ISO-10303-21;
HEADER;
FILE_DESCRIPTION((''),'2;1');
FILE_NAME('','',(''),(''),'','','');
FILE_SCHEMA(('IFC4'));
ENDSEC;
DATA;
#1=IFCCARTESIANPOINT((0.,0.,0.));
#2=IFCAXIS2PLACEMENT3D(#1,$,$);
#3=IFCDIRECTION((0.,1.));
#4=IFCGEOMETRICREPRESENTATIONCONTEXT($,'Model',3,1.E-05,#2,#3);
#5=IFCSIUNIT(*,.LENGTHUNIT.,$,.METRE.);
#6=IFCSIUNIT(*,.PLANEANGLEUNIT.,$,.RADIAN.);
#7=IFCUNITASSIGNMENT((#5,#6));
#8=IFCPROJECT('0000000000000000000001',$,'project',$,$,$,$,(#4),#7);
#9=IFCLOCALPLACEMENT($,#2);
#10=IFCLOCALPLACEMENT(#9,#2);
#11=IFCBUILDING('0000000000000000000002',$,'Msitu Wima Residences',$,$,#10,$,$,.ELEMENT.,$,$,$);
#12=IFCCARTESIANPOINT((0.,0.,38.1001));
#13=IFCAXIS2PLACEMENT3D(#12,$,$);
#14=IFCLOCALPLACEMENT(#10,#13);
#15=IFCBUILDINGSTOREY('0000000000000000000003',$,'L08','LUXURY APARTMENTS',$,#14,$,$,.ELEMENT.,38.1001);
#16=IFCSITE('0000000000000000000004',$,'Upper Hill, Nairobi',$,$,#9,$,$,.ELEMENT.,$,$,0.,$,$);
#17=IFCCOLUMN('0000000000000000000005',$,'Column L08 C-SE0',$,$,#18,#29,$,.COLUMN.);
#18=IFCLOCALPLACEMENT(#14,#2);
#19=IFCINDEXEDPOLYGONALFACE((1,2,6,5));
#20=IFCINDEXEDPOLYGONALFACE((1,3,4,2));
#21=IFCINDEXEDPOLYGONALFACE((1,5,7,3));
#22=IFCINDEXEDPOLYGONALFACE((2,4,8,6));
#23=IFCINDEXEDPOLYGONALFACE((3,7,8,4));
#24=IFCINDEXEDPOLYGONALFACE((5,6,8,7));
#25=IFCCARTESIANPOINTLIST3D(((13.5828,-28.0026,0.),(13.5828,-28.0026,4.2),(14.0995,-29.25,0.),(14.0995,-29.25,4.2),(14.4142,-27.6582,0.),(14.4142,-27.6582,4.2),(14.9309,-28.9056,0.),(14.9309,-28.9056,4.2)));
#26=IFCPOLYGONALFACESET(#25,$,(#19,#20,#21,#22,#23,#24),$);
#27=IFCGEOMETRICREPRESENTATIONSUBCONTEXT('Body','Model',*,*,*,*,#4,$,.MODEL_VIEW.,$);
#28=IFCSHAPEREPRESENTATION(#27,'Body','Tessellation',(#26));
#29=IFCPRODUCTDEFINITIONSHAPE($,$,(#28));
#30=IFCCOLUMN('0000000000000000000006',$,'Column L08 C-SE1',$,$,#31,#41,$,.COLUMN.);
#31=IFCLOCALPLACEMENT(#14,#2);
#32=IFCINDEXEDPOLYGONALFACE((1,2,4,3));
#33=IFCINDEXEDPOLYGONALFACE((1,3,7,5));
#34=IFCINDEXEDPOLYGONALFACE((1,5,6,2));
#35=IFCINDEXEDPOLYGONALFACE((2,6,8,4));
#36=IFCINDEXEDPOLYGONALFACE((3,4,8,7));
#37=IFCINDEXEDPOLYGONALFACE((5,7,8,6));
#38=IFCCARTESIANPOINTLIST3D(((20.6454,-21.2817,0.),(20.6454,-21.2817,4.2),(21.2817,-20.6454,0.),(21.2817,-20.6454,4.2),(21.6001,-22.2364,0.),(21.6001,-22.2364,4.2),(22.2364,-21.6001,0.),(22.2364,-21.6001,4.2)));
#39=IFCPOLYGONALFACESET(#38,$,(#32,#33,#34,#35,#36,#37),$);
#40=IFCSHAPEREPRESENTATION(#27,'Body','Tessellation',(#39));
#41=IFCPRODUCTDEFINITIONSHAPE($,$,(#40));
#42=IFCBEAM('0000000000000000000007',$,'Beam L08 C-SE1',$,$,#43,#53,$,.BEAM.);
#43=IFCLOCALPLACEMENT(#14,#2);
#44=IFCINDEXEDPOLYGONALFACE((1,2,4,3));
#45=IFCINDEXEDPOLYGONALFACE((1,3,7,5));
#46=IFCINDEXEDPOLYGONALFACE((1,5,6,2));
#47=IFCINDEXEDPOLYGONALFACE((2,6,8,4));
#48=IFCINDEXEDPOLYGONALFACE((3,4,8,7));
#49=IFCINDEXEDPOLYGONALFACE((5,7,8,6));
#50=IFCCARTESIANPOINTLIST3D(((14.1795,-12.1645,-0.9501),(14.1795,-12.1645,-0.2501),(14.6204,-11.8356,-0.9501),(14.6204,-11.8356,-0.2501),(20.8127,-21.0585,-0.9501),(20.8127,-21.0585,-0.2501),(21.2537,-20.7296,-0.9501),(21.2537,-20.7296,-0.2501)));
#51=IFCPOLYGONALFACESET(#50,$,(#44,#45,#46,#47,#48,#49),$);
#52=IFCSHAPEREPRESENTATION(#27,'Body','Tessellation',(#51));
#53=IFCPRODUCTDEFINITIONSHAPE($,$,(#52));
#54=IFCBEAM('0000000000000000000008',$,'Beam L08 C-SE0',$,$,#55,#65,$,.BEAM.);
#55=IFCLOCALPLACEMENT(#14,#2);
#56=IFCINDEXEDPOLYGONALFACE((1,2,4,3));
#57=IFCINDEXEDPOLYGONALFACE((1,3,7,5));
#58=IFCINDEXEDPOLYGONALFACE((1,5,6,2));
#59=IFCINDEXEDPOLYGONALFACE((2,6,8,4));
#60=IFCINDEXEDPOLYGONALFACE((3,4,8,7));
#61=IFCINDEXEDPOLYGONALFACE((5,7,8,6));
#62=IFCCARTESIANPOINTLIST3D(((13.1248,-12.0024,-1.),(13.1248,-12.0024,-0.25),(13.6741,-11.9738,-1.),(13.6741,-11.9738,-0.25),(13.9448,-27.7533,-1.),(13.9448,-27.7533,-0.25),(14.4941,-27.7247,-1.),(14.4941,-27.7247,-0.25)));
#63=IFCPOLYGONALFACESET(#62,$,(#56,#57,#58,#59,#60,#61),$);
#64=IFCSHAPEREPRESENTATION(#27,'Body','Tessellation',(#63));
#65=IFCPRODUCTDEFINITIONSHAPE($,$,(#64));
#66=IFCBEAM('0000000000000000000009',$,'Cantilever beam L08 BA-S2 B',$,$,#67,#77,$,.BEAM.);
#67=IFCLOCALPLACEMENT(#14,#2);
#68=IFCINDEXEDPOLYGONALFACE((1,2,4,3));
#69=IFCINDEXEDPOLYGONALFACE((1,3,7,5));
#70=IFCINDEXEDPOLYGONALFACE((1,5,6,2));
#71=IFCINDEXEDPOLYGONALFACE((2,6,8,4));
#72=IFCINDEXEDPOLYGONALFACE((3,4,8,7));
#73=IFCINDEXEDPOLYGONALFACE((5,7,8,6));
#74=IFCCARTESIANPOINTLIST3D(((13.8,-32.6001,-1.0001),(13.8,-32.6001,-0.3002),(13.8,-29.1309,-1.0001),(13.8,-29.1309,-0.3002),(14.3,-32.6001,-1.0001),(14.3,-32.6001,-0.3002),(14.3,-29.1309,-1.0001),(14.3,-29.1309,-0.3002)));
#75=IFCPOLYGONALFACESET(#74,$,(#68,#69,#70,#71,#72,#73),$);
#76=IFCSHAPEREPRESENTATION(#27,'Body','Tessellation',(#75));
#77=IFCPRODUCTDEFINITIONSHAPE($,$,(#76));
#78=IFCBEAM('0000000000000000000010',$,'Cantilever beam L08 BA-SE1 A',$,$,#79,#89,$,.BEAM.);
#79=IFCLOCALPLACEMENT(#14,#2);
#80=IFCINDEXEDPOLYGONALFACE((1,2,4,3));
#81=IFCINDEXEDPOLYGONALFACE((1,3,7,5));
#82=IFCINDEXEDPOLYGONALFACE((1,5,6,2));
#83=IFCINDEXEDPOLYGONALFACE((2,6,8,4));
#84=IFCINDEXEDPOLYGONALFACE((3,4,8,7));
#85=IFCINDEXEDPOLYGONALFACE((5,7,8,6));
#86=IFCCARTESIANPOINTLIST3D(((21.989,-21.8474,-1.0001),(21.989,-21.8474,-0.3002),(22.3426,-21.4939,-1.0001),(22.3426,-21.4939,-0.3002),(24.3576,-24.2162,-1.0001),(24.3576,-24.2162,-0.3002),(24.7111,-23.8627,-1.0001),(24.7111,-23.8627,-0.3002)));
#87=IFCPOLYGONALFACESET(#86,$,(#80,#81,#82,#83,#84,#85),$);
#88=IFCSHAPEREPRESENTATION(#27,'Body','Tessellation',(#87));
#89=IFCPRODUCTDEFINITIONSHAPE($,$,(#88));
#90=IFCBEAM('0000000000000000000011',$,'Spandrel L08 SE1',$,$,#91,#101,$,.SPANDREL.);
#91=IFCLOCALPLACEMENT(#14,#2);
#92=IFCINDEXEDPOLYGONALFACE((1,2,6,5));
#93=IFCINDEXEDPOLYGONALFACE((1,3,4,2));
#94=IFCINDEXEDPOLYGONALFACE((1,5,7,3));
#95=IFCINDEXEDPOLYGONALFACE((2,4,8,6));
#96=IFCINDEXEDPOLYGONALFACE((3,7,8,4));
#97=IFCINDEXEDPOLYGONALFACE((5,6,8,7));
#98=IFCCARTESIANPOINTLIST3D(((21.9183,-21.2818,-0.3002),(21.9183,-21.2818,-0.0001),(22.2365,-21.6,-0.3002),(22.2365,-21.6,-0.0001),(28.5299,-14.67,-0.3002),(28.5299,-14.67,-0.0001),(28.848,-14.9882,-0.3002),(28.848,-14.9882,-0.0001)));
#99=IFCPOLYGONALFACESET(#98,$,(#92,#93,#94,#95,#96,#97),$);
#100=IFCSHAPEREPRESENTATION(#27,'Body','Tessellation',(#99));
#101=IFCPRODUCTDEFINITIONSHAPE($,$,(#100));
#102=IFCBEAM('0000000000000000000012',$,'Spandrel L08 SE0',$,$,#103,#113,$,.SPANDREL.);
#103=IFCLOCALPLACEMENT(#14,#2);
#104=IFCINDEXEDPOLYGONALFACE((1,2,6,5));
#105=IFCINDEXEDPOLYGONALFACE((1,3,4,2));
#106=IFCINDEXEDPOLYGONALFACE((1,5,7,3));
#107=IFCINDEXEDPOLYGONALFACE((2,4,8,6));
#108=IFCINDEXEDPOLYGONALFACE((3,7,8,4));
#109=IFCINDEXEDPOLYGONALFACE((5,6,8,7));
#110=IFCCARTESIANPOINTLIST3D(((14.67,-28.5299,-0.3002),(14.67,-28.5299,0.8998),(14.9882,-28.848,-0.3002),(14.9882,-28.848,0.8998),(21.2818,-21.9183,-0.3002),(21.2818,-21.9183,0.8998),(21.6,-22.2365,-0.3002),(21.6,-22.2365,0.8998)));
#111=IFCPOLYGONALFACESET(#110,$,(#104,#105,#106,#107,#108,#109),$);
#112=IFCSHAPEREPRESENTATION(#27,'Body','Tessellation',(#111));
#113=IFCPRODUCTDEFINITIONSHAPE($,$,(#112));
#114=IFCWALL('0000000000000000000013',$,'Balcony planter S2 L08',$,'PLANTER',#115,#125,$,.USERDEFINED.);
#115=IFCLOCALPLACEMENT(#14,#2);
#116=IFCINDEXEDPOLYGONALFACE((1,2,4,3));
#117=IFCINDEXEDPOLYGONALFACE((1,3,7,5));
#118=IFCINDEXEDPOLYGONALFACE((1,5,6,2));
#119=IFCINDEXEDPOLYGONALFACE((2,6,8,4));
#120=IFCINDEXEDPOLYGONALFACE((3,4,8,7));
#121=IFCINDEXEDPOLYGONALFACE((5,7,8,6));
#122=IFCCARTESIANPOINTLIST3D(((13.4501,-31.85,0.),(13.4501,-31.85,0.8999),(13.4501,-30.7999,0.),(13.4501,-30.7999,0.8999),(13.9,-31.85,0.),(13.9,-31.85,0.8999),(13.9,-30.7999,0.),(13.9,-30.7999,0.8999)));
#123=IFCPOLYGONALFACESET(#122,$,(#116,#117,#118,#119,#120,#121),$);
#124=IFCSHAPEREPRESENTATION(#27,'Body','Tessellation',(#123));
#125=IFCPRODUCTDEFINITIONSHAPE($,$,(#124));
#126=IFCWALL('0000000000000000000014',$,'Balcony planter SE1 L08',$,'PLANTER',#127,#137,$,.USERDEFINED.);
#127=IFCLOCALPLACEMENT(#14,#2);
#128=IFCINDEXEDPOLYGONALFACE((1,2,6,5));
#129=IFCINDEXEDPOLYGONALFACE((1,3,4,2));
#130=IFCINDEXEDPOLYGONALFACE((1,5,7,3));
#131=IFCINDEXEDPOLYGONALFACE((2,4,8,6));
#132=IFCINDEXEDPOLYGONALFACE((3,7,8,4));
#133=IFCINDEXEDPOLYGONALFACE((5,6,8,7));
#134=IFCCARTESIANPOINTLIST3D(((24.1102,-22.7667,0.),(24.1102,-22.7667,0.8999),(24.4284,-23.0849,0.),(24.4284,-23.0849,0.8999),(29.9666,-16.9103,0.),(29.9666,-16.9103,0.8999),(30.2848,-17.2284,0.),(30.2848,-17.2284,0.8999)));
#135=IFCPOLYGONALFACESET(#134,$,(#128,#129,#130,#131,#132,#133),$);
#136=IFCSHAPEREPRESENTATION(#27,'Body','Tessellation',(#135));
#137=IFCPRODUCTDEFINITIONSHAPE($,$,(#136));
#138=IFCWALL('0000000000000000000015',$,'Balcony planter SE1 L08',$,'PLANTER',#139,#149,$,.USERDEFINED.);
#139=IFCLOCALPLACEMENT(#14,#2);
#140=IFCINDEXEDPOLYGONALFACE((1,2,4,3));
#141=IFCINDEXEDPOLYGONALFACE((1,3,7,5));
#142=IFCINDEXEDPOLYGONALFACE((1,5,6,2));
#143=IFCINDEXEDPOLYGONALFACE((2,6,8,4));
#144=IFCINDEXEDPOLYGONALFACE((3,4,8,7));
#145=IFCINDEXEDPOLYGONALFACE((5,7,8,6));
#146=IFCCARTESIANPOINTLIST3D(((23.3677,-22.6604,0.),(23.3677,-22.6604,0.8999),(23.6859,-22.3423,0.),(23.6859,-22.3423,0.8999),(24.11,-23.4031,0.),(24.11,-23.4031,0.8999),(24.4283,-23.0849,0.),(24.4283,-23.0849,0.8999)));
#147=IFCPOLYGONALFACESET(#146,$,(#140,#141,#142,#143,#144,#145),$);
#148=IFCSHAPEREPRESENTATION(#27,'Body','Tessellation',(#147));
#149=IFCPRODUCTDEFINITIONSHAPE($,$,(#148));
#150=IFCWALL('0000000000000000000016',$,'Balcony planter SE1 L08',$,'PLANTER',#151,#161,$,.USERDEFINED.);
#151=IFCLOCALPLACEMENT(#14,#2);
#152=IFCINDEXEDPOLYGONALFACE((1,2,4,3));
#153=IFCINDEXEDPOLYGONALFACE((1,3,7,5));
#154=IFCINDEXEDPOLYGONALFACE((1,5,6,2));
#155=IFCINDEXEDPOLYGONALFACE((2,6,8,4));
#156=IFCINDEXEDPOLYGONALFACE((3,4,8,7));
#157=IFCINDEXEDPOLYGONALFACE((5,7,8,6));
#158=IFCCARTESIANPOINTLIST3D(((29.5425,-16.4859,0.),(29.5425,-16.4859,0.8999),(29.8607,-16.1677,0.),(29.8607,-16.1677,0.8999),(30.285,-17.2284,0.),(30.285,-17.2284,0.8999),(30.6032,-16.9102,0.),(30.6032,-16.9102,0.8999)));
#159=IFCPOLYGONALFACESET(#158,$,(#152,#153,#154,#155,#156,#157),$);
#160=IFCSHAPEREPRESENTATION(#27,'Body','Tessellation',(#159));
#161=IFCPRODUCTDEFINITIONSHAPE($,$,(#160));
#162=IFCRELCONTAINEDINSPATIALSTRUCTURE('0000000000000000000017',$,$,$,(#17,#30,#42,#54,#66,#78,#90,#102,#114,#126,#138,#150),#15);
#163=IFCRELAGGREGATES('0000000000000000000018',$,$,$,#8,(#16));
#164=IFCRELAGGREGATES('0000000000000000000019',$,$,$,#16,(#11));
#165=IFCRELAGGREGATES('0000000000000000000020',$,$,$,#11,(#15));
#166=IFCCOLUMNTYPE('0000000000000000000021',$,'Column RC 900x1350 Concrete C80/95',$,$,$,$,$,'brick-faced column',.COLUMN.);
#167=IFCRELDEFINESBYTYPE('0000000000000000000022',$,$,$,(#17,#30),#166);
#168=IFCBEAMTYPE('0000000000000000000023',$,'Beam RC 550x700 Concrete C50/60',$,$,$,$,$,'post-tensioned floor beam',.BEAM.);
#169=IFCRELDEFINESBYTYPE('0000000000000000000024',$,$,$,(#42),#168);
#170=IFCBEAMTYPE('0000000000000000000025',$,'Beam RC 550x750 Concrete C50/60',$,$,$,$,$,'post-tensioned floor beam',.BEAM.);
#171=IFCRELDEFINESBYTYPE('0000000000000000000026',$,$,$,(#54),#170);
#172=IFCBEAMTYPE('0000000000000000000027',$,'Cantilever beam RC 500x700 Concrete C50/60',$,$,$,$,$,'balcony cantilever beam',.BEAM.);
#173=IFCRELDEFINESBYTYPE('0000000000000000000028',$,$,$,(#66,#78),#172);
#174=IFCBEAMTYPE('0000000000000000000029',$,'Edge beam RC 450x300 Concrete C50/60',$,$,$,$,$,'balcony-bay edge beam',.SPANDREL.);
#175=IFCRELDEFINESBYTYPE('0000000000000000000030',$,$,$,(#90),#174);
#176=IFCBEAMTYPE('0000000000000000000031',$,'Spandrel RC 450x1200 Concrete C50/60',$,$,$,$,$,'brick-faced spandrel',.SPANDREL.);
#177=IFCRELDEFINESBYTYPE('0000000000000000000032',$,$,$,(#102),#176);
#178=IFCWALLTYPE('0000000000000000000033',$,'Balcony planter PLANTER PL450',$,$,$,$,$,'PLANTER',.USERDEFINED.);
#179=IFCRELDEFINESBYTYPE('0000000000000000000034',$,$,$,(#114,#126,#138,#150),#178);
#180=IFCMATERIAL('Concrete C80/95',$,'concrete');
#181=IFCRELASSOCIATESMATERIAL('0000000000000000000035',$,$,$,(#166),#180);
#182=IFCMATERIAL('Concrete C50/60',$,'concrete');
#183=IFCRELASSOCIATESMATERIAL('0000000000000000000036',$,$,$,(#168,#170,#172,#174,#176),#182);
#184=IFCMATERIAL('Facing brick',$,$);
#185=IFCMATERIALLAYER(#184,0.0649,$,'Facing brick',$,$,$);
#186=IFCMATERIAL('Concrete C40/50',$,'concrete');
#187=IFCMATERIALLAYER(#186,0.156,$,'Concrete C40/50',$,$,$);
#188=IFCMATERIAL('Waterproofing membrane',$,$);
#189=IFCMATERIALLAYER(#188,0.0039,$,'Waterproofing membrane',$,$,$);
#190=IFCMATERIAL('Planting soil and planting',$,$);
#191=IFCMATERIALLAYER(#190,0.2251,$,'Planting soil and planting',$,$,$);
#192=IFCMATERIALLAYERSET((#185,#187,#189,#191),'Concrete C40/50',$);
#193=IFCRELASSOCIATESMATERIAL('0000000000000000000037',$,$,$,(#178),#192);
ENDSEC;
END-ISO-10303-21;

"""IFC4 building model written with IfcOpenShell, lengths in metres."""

from ifc_helpers import new_model, si_unit, direction, frame, frame_2d, origin, origin_2d, place, context, subcontext, project, spatial, rectangle, extrude, material, layer, layer_set, material_profile, profile_set, type_object, element, save


model = new_model("IFC4")

# Units and contexts
model_context = context("Model", 3, precision=1e-05, world=origin(), true_north=direction((0.0, 1.0)))
body_context = subcontext(model_context, "Body", "Model", "MODEL_VIEW")
ifc_project = project(units=[si_unit("LENGTHUNIT", "METRE"), si_unit("PLANEANGLEUNIT", "RADIAN")], contexts=[model_context])

# Site, building, storey
site_placement = place(None, origin())
site = spatial("IfcSite", under=ifc_project, at=site_placement, Name="Upper Hill, Nairobi", CompositionType="ELEMENT", RefElevation=0.0)
building_placement = place(site_placement, origin())
building = spatial("IfcBuilding", under=site, at=building_placement, Name="Msitu Wima Residences", CompositionType="ELEMENT")
storey_placement = place(building_placement, frame((0.0, 0.0, 38.1001)))
storey = spatial("IfcBuildingStorey", under=building, at=storey_placement, Name="L08", Description="LUXURY APARTMENTS", CompositionType="ELEMENT", Elevation=38.1001)

# Columns
ifc_material_1 = material(Name="Concrete C80/95", Category="concrete")
ifc_material_profile_1 = material_profile(ifc_material_1, rectangle(XDim=0.8999, YDim=1.3501, at=origin_2d()), Name="RC 900x1350")
ifc_profile_set_1 = profile_set([ifc_material_profile_1], Name="Concrete C80/95")
column_type = type_object("IfcColumnType", Name="Column RC 900x1350 Concrete C80/95", ElementType="brick-faced column", PredefinedType="COLUMN", material=ifc_profile_set_1)
for number, where, z_axis, x_axis, name in (
    (1, (14.2568, -28.4541, 0.0), (0.0, 0.0, 1.0), (0.92388, 0.382683, 0.0), "Column L08 C-SE0"),
    (2, (21.4409, -21.4409, 0.0), (0.0, 0.0, 1.0), (0.707107, 0.707107, 0.0), "Column L08 C-SE1"),
):
    element("IfcColumn", number, at=place(storey_placement, frame(where, z_axis=z_axis, x_axis=x_axis)), inside=storey, type_object=column_type, Name=name, PredefinedType="COLUMN", context=body_context, shape_type="SweptSolid", body=[
        extrude(rectangle(XDim=0.8999, YDim=1.3501, at=origin_2d()), origin(), (0.0, 0.0, 1.0), 4.2),
    ])

# Beams
ifc_material_2 = material(Name="Concrete C50/60", Category="concrete")
ifc_material_profile_2 = material_profile(ifc_material_2, rectangle(XDim=0.55, YDim=0.7, at=origin_2d()), Name="RC 550x700")
ifc_profile_set_2 = profile_set([ifc_material_profile_2], Name="Concrete C50/60")
beam_type_1 = type_object("IfcBeamType", Name="Beam RC 550x700 Concrete C50/60", ElementType="post-tensioned floor beam", PredefinedType="BEAM", material=ifc_profile_set_2)
beam_1_placement = place(storey_placement, frame((21.0332, -20.894, -0.6001), z_axis=(-0.59785, 0.801608, 0.0), x_axis=(-0.801608, -0.59785, 0.0)))
element("IfcBeam", 3, at=beam_1_placement, inside=storey, type_object=beam_type_1, Name="Beam L08 C-SE1", PredefinedType="BEAM", context=body_context, shape_type="SweptSolid", body=[
    extrude(rectangle(XDim=0.55, YDim=0.7, at=origin_2d()), origin(), (0.0, 0.0, 1.0), 11.0952),
])
ifc_material_profile_3 = material_profile(ifc_material_2, rectangle(XDim=0.55, YDim=0.75, at=origin_2d()), Name="RC 550x750")
ifc_profile_set_3 = profile_set([ifc_material_profile_3], Name="Concrete C50/60")
beam_type_2 = type_object("IfcBeamType", Name="Beam RC 550x750 Concrete C50/60", ElementType="post-tensioned floor beam", PredefinedType="BEAM", material=ifc_profile_set_3)
beam_2_placement = place(storey_placement, frame((14.2195, -27.739, -0.625), z_axis=(-0.051994, 0.998647, 0.0), x_axis=(-0.998647, -0.051994, 0.0)))
element("IfcBeam", 4, at=beam_2_placement, inside=storey, type_object=beam_type_2, Name="Beam L08 C-SE0", PredefinedType="BEAM", context=body_context, shape_type="SweptSolid", body=[
    extrude(rectangle(XDim=0.55, YDim=0.75, at=origin_2d()), origin(), (0.0, 0.0, 1.0), 15.7722),
])
ifc_material_profile_4 = material_profile(ifc_material_2, rectangle(XDim=0.5, YDim=0.7, at=origin_2d()), Name="RC 500x700")
ifc_profile_set_4 = profile_set([ifc_material_profile_4], Name="Concrete C50/60")
beam_type_3 = type_object("IfcBeamType", Name="Cantilever beam RC 500x700 Concrete C50/60", ElementType="balcony cantilever beam", PredefinedType="BEAM", material=ifc_profile_set_4)
beam_3_placement = place(storey_placement, frame((14.05, -29.1309, -0.6501), z_axis=(0.0, -1.0, 0.0), x_axis=(1.0, 0.0, 0.0)))
element("IfcBeam", 5, at=beam_3_placement, inside=storey, type_object=beam_type_3, Name="Cantilever beam L08 BA-S2 B", PredefinedType="BEAM", context=body_context, shape_type="SweptSolid", body=[
    extrude(rectangle(XDim=0.5, YDim=0.7, at=origin_2d()), origin(), (0.0, 0.0, 1.0), 3.4692),
])
beam_4_placement = place(storey_placement, frame((22.1658, -21.6707, -0.6501), z_axis=(0.70707, -0.707143, 0.0), x_axis=(0.707143, 0.70707, 0.0)))
element("IfcBeam", 6, at=beam_4_placement, inside=storey, type_object=beam_type_3, Name="Cantilever beam L08 BA-SE1 A", PredefinedType="BEAM", context=body_context, shape_type="SweptSolid", body=[
    extrude(rectangle(XDim=0.5, YDim=0.7, at=origin_2d()), origin(), (0.0, 0.0, 1.0), 3.3499),
])
ifc_material_profile_5 = material_profile(ifc_material_2, rectangle(XDim=0.45, YDim=0.3, at=origin_2d()), Name="RC 450x300")
ifc_profile_set_5 = profile_set([ifc_material_profile_5], Name="Concrete C50/60")
beam_type_4 = type_object("IfcBeamType", Name="Edge beam RC 450x300 Concrete C50/60", ElementType="balcony-bay edge beam", PredefinedType="SPANDREL", material=ifc_profile_set_5)
beam_5_placement = place(storey_placement, frame((22.0774, -21.4409, -0.1501), z_axis=(0.707094, 0.70712, 0.0), x_axis=(-0.70712, 0.707094, 0.0)))
element("IfcBeam", 7, at=beam_5_placement, inside=storey, type_object=beam_type_4, Name="Spandrel L08 SE1", PredefinedType="SPANDREL", context=body_context, shape_type="SweptSolid", body=[
    extrude(rectangle(XDim=0.45, YDim=0.3, at=origin_2d()), origin(), (0.0, 0.0, 1.0), 9.3503),
])
ifc_material_profile_6 = material_profile(ifc_material_2, rectangle(XDim=0.45, YDim=1.2, at=origin_2d()), Name="RC 450x1200")
ifc_profile_set_6 = profile_set([ifc_material_profile_6], Name="Concrete C50/60")
beam_type_5 = type_object("IfcBeamType", Name="Spandrel RC 450x1200 Concrete C50/60", ElementType="brick-faced spandrel", PredefinedType="SPANDREL", material=ifc_profile_set_6)
beam_6_placement = place(storey_placement, frame((14.8291, -28.689, 0.2998), z_axis=(0.70712, 0.707094, 0.0), x_axis=(-0.707094, 0.70712, 0.0)))
element("IfcBeam", 8, at=beam_6_placement, inside=storey, type_object=beam_type_5, Name="Spandrel L08 SE0", PredefinedType="SPANDREL", context=body_context, shape_type="SweptSolid", body=[
    extrude(rectangle(XDim=0.45, YDim=1.2, at=origin_2d()), origin(), (0.0, 0.0, 1.0), 9.3503),
])

# Walls
ifc_material_3 = material(Name="Facing brick")
ifc_layer_1 = layer(ifc_material_3, 0.0649, Name="Facing brick")
ifc_material_4 = material(Name="Concrete C40/50", Category="concrete")
ifc_layer_2 = layer(ifc_material_4, 0.156, Name="Concrete C40/50")
ifc_material_5 = material(Name="Waterproofing membrane")
ifc_layer_3 = layer(ifc_material_5, 0.0039, Name="Waterproofing membrane")
ifc_material_6 = material(Name="Planting soil and planting")
ifc_layer_4 = layer(ifc_material_6, 0.2251, Name="Planting soil and planting")
ifc_layer_set_1 = layer_set([ifc_layer_1, ifc_layer_2, ifc_layer_3, ifc_layer_4], Name="Concrete C40/50")
wall_type_1 = type_object("IfcWallType", Name="Balcony planter PLANTER PL450", ElementType="PLANTER", PredefinedType="USERDEFINED", material=ifc_layer_set_1)
wall_1_placement = place(storey_placement, frame((13.675, -30.8, 0.0), z_axis=(0.0, 0.0, 1.0), x_axis=(0.0, -1.0, 0.0)))
element("IfcWall", 9, at=wall_1_placement, inside=storey, type_object=wall_type_1, Name="Balcony planter S2 L08", ObjectType="PLANTER", PredefinedType="USERDEFINED", context=body_context, shape_type="SweptSolid", body=[
    extrude(rectangle(XDim=1.05, YDim=0.45, at=frame_2d((0.5249, 0.0))), origin(), (0.0, 0.0, 1.0), 0.8999),
])
wall_2_placement = place(storey_placement, frame((24.2693, -22.9258, 0.0), z_axis=(0.0, 0.0, 1.0), x_axis=(0.707107, 0.707107, 0.0)))
element("IfcWall", 10, at=wall_2_placement, inside=storey, type_object=wall_type_1, Name="Balcony planter SE1 L08", ObjectType="PLANTER", PredefinedType="USERDEFINED", context=body_context, shape_type="SweptSolid", body=[
    extrude(rectangle(XDim=8.2822, YDim=0.45, at=frame_2d((4.1411, 0.0))), origin(), (0.0, 0.0, 1.0), 0.8999),
])
for number, where, z_axis, x_axis, name in (
    (11, (23.5269, -22.5015, 0.0), (0.0, 0.0, 1.0), (0.706991, -0.707223, 0.0), "Balcony planter SE1 L08"),
    (12, (29.7017, -16.3269, 0.0), (0.0, 0.0, 1.0), (0.707107, -0.707107, 0.0), "Balcony planter SE1 L08"),
):
    element("IfcWall", number, at=place(storey_placement, frame(where, z_axis=z_axis, x_axis=x_axis)), inside=storey, type_object=wall_type_1, Name=name, ObjectType="PLANTER", PredefinedType="USERDEFINED", context=body_context, shape_type="SweptSolid", body=[
        extrude(rectangle(XDim=1.05, YDim=0.45, at=frame_2d((0.5249, 0.0))), origin(), (0.0, 0.0, 1.0), 0.8999),
    ])

save(model, "model.ifc")
